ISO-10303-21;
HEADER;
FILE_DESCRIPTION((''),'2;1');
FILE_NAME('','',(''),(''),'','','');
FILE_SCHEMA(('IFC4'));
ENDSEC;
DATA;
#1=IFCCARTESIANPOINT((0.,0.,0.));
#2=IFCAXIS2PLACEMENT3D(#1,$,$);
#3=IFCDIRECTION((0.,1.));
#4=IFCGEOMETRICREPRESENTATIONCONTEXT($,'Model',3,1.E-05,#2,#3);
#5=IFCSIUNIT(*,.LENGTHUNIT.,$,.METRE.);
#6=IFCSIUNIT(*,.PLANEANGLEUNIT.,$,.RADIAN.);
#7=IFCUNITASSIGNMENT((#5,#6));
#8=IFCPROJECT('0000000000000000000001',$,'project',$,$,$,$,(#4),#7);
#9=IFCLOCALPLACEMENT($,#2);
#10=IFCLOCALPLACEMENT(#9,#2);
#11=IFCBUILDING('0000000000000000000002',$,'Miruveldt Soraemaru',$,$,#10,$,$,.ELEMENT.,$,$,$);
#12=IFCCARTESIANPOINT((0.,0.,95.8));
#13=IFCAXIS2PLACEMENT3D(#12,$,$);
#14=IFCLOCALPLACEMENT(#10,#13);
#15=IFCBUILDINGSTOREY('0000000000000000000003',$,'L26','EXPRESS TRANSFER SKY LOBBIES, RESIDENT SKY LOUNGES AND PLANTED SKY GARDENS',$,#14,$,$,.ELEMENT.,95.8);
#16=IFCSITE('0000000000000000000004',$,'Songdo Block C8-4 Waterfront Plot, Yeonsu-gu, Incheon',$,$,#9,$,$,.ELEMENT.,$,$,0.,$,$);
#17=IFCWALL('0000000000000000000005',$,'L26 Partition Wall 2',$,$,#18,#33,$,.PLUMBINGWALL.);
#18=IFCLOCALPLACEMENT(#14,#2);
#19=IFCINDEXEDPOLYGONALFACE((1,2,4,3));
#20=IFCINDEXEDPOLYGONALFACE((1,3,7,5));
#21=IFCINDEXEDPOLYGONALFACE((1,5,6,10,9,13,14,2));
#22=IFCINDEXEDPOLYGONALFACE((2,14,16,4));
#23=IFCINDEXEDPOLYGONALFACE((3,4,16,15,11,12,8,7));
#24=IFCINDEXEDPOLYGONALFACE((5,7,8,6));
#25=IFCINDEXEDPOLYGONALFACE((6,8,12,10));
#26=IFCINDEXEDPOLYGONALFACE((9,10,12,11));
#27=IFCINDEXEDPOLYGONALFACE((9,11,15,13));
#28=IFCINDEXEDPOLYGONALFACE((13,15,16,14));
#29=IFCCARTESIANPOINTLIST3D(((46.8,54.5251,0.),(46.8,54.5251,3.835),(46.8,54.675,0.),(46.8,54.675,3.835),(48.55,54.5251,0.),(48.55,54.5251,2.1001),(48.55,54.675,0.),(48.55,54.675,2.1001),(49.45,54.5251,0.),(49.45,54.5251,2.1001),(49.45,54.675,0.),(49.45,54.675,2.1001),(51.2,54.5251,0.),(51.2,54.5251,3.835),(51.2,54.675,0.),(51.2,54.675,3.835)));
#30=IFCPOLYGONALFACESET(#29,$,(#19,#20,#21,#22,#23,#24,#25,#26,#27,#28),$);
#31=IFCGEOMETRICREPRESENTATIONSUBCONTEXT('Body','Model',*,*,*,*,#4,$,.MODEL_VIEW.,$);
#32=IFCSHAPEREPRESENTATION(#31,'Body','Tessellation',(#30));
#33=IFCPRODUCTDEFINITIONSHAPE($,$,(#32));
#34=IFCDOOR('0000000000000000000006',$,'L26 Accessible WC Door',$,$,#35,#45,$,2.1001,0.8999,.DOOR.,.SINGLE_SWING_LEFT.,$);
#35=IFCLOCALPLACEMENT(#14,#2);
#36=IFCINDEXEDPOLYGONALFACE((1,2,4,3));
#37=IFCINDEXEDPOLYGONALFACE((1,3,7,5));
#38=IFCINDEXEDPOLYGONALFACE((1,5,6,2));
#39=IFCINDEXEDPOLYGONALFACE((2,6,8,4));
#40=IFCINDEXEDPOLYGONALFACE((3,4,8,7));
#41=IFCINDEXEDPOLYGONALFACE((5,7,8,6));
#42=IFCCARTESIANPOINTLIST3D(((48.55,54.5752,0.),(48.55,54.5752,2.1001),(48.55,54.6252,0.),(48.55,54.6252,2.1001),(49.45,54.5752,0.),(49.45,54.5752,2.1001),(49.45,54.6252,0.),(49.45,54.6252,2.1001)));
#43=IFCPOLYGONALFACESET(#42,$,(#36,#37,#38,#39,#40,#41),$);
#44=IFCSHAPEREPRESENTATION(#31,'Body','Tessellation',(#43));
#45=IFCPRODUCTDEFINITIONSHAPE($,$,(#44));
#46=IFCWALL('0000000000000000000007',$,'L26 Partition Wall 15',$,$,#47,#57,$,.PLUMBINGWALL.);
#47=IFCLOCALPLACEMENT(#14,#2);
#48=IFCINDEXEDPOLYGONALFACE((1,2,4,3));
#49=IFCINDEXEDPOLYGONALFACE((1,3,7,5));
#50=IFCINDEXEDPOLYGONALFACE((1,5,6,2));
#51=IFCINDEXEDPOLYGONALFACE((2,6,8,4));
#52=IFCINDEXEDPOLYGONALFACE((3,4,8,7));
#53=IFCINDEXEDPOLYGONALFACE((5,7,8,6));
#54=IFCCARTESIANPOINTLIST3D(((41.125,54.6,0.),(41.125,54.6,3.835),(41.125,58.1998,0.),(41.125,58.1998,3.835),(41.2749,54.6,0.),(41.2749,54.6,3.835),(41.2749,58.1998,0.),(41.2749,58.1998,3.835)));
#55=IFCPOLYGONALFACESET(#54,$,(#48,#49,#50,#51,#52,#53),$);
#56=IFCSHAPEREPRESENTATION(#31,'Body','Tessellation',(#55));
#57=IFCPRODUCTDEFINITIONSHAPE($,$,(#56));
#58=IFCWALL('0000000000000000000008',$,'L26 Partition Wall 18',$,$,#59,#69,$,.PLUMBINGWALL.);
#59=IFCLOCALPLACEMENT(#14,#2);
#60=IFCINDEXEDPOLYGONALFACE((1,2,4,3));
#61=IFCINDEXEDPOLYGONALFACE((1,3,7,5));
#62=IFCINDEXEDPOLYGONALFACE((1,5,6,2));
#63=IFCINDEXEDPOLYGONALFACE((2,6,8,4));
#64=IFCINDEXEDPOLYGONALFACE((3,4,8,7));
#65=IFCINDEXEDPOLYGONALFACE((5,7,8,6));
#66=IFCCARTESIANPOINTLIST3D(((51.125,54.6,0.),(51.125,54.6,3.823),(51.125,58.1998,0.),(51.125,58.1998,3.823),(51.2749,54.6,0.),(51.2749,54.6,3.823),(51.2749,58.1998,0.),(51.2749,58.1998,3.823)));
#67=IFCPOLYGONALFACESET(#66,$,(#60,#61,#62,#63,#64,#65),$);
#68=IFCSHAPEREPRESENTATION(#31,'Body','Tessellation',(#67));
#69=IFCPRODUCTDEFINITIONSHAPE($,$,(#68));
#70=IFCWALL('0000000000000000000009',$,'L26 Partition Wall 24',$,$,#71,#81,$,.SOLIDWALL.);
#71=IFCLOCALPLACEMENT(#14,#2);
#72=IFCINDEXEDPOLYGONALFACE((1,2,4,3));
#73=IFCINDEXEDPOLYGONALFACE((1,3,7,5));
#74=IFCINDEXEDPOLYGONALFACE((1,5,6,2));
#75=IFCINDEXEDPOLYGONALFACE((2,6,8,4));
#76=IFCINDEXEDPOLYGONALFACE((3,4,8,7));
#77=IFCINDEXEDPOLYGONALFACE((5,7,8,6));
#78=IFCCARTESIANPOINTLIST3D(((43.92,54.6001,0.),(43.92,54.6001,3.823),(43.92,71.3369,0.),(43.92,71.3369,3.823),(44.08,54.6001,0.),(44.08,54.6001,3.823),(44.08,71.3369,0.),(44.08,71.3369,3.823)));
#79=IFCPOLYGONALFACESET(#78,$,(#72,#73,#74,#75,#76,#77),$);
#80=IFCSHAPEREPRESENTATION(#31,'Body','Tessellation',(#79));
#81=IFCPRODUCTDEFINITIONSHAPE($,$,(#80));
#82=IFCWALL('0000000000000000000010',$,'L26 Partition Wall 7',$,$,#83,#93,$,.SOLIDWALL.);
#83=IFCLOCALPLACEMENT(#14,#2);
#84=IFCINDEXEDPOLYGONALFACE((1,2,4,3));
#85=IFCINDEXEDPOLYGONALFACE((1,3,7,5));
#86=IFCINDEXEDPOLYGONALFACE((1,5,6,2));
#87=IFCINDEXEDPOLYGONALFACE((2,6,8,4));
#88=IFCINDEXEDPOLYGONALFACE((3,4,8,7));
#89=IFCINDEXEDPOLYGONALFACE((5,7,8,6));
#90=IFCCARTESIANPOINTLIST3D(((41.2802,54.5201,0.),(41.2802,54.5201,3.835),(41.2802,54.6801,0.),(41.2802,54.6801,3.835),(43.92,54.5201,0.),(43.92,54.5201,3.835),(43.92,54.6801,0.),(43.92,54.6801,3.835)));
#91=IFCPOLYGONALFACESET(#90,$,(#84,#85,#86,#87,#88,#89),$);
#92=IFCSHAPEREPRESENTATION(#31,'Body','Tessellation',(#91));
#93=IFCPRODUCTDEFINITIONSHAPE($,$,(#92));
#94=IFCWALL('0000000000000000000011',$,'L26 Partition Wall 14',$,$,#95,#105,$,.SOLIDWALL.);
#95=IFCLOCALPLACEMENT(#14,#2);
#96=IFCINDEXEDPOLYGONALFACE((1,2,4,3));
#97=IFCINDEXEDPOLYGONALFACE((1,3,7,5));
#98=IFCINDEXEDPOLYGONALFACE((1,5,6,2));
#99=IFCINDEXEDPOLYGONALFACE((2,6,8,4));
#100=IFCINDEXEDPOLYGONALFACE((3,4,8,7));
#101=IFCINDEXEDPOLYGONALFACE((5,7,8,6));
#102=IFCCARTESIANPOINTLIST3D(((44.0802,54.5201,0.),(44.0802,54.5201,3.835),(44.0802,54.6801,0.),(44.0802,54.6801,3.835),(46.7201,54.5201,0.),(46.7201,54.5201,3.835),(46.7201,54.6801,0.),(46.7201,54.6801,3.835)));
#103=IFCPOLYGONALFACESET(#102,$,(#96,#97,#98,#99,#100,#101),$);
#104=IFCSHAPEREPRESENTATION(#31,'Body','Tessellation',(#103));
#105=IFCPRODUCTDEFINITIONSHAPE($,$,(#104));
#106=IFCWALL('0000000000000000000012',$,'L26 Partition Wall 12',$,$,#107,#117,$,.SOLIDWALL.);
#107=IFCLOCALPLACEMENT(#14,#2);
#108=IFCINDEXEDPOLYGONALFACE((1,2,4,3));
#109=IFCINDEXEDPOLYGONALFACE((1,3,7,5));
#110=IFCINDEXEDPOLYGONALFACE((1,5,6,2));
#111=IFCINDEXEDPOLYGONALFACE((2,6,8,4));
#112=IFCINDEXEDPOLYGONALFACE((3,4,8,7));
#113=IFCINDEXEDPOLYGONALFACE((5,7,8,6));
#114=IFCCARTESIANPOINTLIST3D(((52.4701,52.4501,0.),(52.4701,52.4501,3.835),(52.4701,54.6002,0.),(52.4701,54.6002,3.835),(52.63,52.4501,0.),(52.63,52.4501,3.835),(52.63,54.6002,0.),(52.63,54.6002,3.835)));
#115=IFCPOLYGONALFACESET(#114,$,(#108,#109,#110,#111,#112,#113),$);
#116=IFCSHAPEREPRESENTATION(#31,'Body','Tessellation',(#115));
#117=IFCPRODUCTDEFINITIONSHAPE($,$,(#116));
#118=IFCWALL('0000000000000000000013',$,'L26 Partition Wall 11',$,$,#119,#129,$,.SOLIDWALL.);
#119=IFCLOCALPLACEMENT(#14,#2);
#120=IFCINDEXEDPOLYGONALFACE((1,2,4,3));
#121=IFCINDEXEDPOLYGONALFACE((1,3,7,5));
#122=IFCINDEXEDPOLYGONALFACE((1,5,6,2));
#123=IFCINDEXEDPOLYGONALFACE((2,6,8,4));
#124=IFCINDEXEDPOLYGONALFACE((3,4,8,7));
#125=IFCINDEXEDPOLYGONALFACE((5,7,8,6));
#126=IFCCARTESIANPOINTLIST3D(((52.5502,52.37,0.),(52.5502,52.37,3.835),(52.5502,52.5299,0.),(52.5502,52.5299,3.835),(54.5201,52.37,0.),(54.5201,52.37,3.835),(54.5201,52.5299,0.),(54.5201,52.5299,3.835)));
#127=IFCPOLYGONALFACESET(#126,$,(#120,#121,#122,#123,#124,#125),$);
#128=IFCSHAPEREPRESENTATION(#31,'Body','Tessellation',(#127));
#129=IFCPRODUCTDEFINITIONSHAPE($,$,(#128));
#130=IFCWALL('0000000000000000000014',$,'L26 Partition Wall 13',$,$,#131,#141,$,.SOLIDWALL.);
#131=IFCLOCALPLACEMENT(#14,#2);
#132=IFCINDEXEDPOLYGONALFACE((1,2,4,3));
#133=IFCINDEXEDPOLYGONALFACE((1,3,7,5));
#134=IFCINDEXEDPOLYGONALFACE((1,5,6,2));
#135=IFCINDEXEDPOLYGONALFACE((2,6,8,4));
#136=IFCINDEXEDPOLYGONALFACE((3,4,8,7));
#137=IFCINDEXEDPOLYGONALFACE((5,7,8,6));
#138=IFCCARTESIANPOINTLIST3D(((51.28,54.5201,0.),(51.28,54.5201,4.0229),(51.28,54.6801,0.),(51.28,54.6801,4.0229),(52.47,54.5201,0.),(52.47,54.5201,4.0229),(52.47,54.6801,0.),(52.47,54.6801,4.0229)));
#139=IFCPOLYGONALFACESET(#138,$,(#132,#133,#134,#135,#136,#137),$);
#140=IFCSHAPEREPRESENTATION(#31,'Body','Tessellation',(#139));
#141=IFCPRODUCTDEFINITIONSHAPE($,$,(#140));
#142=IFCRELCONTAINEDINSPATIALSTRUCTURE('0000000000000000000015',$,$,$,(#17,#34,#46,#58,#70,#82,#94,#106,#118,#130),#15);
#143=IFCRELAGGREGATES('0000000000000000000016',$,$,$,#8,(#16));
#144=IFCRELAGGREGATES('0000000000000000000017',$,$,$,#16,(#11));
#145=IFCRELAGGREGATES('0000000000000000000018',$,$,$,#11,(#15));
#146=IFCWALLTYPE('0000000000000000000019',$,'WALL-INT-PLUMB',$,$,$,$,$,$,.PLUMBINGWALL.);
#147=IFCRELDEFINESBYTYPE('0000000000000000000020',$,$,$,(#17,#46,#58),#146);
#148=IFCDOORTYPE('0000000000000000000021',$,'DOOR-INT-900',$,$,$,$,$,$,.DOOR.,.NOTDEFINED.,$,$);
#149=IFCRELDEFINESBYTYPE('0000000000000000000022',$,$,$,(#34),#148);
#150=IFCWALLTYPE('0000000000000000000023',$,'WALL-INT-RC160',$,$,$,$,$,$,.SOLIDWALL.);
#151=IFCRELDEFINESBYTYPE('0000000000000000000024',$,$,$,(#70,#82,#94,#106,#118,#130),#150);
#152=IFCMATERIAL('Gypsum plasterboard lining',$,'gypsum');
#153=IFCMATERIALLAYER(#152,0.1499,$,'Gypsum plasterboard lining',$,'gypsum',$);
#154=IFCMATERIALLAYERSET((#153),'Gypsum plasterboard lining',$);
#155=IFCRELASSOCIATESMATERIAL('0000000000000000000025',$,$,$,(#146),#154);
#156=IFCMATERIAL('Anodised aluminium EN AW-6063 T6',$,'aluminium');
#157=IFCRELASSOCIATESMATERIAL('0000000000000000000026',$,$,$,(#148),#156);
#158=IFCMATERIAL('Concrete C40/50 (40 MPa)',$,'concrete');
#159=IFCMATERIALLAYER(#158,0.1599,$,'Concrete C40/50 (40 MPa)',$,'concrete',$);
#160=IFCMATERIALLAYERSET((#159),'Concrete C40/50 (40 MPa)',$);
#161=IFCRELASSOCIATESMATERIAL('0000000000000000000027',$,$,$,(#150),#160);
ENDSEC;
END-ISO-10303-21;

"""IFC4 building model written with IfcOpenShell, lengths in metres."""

from ifc_helpers import new_model, si_unit, direction, frame, frame_2d, origin, place, context, subcontext, project, spatial, rectangle, extrude, material, layer, layer_set, type_object, element, fill, save


model = new_model("IFC4")

# Units and contexts
model_context = context("Model", 3, precision=1e-05, world=origin(), true_north=direction((0.0, 1.0)))
body_context = subcontext(model_context, "Body", "Model", "MODEL_VIEW")
ifc_project = project(units=[si_unit("LENGTHUNIT", "METRE"), si_unit("PLANEANGLEUNIT", "RADIAN")], contexts=[model_context])

# Site, building, storey
site_placement = place(None, origin())
site = spatial("IfcSite", under=ifc_project, at=site_placement, Name="Songdo Block C8-4 Waterfront Plot, Yeonsu-gu, Incheon", CompositionType="ELEMENT", RefElevation=0.0)
building_placement = place(site_placement, origin())
building = spatial("IfcBuilding", under=site, at=building_placement, Name="Miruveldt Soraemaru", CompositionType="ELEMENT")
storey_placement = place(building_placement, frame((0.0, 0.0, 95.8)))
storey = spatial("IfcBuildingStorey", under=building, at=storey_placement, Name="L26", Description="EXPRESS TRANSFER SKY LOBBIES, RESIDENT SKY LOUNGES AND PLANTED SKY GARDENS", CompositionType="ELEMENT", Elevation=95.8)

# Wall, opening, door
ifc_material_1 = material(Name="Gypsum plasterboard lining", Category="gypsum")
ifc_layer_1 = layer(ifc_material_1, 0.1499, Name="Gypsum plasterboard lining", Category="gypsum")
ifc_layer_set_1 = layer_set([ifc_layer_1], Name="Gypsum plasterboard lining")
wall_type_1 = type_object("IfcWallType", Name="WALL-INT-PLUMB", PredefinedType="PLUMBINGWALL", material=ifc_layer_set_1)
ifc_material_2 = material(Name="Anodised aluminium EN AW-6063 T6", Category="aluminium")
door_type = type_object("IfcDoorType", Name="DOOR-INT-900", OperationType="NOTDEFINED", PredefinedType="DOOR", material=ifc_material_2)
wall_1_placement = place(storey_placement, frame((51.2, 54.6001, 0.0), z_axis=(0.0, 0.0, 1.0), x_axis=(-1.0, 0.0, 0.0)))
wall_1 = element("IfcWall", 1, at=wall_1_placement, inside=storey, type_object=wall_type_1, Name="L26 Partition Wall 2", PredefinedType="PLUMBINGWALL", context=body_context, shape_type="SweptSolid", body=[
    extrude(rectangle(XDim=4.3999, YDim=0.1499, at=frame_2d((2.2, 0.0))), origin(), (0.0, 0.0, 1.0), 3.835),
])
opening_1_placement = place(wall_1_placement, frame((1.75, 0.0, 0.0)))
opening_1 = element("IfcOpeningElement", 2, at=opening_1_placement, cuts=wall_1, PredefinedType="OPENING", context=body_context, shape_type="SweptSolid", body=[
    extrude(rectangle(XDim=0.8999, YDim=2.1001, at=frame_2d((0.45, 1.05))), frame((0.0, 0.085, 0.0), z_axis=(0.0, -1.0, 0.0), x_axis=(1.0, 0.0, 0.0)), (0.0, 0.0, 1.0), 0.1699),
])
door_1_placement = place(opening_1_placement, origin())
door_1 = element("IfcDoor", 3, at=door_1_placement, inside=storey, type_object=door_type, Name="L26 Accessible WC Door", OperationType="SINGLE_SWING_LEFT", OverallHeight=2.1001, OverallWidth=0.8999, PredefinedType="DOOR", context=body_context, shape_type="SweptSolid", body=[
    extrude(rectangle(XDim=0.8999, YDim=2.1001, at=frame_2d((0.45, 1.05))), frame((0.0, 0.0249, 0.0), z_axis=(0.0, -1.0, 0.0), x_axis=(1.0, 0.0, 0.0)), (0.0, 0.0, 1.0), 0.05),
])
fill(opening_1, door_1)

# Walls
wall_2_placement = place(storey_placement, frame((41.2, 54.6001, 0.0), z_axis=(0.0, 0.0, 1.0), x_axis=(0.0, 1.0, 0.0)))
element("IfcWall", 4, at=wall_2_placement, inside=storey, type_object=wall_type_1, Name="L26 Partition Wall 15", PredefinedType="PLUMBINGWALL", context=body_context, shape_type="SweptSolid", body=[
    extrude(rectangle(XDim=3.5999, YDim=0.1499, at=frame_2d((1.7998, 0.0))), origin(), (0.0, 0.0, 1.0), 3.835),
])
wall_3_placement = place(storey_placement, frame((51.2, 54.6001, 0.0), z_axis=(0.0, 0.0, 1.0), x_axis=(0.0, 1.0, 0.0)))
element("IfcWall", 5, at=wall_3_placement, inside=storey, type_object=wall_type_1, Name="L26 Partition Wall 18", PredefinedType="PLUMBINGWALL", context=body_context, shape_type="SweptSolid", body=[
    extrude(rectangle(XDim=3.5999, YDim=0.1499, at=frame_2d((1.7998, 0.0))), origin(), (0.0, 0.0, 1.0), 3.823),
])
ifc_material_3 = material(Name="Concrete C40/50 (40 MPa)", Category="concrete")
ifc_layer_2 = layer(ifc_material_3, 0.1599, Name="Concrete C40/50 (40 MPa)", Category="concrete")
ifc_layer_set_2 = layer_set([ifc_layer_2], Name="Concrete C40/50 (40 MPa)")
wall_type_2 = type_object("IfcWallType", Name="WALL-INT-RC160", PredefinedType="SOLIDWALL", material=ifc_layer_set_2)
wall_4_placement = place(storey_placement, frame((44.0, 54.6001, 0.0), z_axis=(0.0, 0.0, 1.0), x_axis=(0.0, 1.0, 0.0)))
element("IfcWall", 6, at=wall_4_placement, inside=storey, type_object=wall_type_2, Name="L26 Partition Wall 24", PredefinedType="SOLIDWALL", context=body_context, shape_type="SweptSolid", body=[
    extrude(rectangle(XDim=16.7368, YDim=0.1599, at=frame_2d((8.3684, 0.0))), origin(), (0.0, 0.0, 1.0), 3.823),
])
for number, where, z_axis, x_axis, name in (
    (7, (43.9199, 54.6001, 0.0), (0.0, 0.0, 1.0), (-1.0, 0.0, 0.0), "L26 Partition Wall 7"),
    (8, (46.72, 54.6001, 0.0), (0.0, 0.0, 1.0), (-1.0, 0.0, 0.0), "L26 Partition Wall 14"),
):
    element("IfcWall", number, at=place(storey_placement, frame(where, z_axis=z_axis, x_axis=x_axis)), inside=storey, type_object=wall_type_2, Name=name, PredefinedType="SOLIDWALL", context=body_context, shape_type="SweptSolid", body=[
        extrude(rectangle(XDim=2.6399, YDim=0.1599, at=frame_2d((1.3198, 0.0))), origin(), (0.0, 0.0, 1.0), 3.835),
    ])
wall_5_placement = place(storey_placement, frame((52.55, 52.45, 0.0), z_axis=(0.0, 0.0, 1.0), x_axis=(0.0, 1.0, 0.0)))
element("IfcWall", 9, at=wall_5_placement, inside=storey, type_object=wall_type_2, Name="L26 Partition Wall 12", PredefinedType="SOLIDWALL", context=body_context, shape_type="SweptSolid", body=[
    extrude(rectangle(XDim=2.1501, YDim=0.1599, at=frame_2d((1.0752, 0.0))), origin(), (0.0, 0.0, 1.0), 3.835),
])
wall_6_placement = place(storey_placement, frame((54.52, 52.45, 0.0), z_axis=(0.0, 0.0, 1.0), x_axis=(-1.0, 0.0, 0.0)))
element("IfcWall", 10, at=wall_6_placement, inside=storey, type_object=wall_type_2, Name="L26 Partition Wall 11", PredefinedType="SOLIDWALL", context=body_context, shape_type="SweptSolid", body=[
    extrude(rectangle(XDim=1.97, YDim=0.1599, at=frame_2d((0.9849, 0.0))), origin(), (0.0, 0.0, 1.0), 3.835),
])
wall_7_placement = place(storey_placement, frame((52.47, 54.6001, 0.0), z_axis=(0.0, 0.0, 1.0), x_axis=(-1.0, 0.0, 0.0)))
element("IfcWall", 11, at=wall_7_placement, inside=storey, type_object=wall_type_2, Name="L26 Partition Wall 13", PredefinedType="SOLIDWALL", context=body_context, shape_type="SweptSolid", body=[
    extrude(rectangle(XDim=1.1899, YDim=0.1599, at=frame_2d((0.595, 0.0))), origin(), (0.0, 0.0, 1.0), 4.0229),
])

save(model, "model.ifc")
